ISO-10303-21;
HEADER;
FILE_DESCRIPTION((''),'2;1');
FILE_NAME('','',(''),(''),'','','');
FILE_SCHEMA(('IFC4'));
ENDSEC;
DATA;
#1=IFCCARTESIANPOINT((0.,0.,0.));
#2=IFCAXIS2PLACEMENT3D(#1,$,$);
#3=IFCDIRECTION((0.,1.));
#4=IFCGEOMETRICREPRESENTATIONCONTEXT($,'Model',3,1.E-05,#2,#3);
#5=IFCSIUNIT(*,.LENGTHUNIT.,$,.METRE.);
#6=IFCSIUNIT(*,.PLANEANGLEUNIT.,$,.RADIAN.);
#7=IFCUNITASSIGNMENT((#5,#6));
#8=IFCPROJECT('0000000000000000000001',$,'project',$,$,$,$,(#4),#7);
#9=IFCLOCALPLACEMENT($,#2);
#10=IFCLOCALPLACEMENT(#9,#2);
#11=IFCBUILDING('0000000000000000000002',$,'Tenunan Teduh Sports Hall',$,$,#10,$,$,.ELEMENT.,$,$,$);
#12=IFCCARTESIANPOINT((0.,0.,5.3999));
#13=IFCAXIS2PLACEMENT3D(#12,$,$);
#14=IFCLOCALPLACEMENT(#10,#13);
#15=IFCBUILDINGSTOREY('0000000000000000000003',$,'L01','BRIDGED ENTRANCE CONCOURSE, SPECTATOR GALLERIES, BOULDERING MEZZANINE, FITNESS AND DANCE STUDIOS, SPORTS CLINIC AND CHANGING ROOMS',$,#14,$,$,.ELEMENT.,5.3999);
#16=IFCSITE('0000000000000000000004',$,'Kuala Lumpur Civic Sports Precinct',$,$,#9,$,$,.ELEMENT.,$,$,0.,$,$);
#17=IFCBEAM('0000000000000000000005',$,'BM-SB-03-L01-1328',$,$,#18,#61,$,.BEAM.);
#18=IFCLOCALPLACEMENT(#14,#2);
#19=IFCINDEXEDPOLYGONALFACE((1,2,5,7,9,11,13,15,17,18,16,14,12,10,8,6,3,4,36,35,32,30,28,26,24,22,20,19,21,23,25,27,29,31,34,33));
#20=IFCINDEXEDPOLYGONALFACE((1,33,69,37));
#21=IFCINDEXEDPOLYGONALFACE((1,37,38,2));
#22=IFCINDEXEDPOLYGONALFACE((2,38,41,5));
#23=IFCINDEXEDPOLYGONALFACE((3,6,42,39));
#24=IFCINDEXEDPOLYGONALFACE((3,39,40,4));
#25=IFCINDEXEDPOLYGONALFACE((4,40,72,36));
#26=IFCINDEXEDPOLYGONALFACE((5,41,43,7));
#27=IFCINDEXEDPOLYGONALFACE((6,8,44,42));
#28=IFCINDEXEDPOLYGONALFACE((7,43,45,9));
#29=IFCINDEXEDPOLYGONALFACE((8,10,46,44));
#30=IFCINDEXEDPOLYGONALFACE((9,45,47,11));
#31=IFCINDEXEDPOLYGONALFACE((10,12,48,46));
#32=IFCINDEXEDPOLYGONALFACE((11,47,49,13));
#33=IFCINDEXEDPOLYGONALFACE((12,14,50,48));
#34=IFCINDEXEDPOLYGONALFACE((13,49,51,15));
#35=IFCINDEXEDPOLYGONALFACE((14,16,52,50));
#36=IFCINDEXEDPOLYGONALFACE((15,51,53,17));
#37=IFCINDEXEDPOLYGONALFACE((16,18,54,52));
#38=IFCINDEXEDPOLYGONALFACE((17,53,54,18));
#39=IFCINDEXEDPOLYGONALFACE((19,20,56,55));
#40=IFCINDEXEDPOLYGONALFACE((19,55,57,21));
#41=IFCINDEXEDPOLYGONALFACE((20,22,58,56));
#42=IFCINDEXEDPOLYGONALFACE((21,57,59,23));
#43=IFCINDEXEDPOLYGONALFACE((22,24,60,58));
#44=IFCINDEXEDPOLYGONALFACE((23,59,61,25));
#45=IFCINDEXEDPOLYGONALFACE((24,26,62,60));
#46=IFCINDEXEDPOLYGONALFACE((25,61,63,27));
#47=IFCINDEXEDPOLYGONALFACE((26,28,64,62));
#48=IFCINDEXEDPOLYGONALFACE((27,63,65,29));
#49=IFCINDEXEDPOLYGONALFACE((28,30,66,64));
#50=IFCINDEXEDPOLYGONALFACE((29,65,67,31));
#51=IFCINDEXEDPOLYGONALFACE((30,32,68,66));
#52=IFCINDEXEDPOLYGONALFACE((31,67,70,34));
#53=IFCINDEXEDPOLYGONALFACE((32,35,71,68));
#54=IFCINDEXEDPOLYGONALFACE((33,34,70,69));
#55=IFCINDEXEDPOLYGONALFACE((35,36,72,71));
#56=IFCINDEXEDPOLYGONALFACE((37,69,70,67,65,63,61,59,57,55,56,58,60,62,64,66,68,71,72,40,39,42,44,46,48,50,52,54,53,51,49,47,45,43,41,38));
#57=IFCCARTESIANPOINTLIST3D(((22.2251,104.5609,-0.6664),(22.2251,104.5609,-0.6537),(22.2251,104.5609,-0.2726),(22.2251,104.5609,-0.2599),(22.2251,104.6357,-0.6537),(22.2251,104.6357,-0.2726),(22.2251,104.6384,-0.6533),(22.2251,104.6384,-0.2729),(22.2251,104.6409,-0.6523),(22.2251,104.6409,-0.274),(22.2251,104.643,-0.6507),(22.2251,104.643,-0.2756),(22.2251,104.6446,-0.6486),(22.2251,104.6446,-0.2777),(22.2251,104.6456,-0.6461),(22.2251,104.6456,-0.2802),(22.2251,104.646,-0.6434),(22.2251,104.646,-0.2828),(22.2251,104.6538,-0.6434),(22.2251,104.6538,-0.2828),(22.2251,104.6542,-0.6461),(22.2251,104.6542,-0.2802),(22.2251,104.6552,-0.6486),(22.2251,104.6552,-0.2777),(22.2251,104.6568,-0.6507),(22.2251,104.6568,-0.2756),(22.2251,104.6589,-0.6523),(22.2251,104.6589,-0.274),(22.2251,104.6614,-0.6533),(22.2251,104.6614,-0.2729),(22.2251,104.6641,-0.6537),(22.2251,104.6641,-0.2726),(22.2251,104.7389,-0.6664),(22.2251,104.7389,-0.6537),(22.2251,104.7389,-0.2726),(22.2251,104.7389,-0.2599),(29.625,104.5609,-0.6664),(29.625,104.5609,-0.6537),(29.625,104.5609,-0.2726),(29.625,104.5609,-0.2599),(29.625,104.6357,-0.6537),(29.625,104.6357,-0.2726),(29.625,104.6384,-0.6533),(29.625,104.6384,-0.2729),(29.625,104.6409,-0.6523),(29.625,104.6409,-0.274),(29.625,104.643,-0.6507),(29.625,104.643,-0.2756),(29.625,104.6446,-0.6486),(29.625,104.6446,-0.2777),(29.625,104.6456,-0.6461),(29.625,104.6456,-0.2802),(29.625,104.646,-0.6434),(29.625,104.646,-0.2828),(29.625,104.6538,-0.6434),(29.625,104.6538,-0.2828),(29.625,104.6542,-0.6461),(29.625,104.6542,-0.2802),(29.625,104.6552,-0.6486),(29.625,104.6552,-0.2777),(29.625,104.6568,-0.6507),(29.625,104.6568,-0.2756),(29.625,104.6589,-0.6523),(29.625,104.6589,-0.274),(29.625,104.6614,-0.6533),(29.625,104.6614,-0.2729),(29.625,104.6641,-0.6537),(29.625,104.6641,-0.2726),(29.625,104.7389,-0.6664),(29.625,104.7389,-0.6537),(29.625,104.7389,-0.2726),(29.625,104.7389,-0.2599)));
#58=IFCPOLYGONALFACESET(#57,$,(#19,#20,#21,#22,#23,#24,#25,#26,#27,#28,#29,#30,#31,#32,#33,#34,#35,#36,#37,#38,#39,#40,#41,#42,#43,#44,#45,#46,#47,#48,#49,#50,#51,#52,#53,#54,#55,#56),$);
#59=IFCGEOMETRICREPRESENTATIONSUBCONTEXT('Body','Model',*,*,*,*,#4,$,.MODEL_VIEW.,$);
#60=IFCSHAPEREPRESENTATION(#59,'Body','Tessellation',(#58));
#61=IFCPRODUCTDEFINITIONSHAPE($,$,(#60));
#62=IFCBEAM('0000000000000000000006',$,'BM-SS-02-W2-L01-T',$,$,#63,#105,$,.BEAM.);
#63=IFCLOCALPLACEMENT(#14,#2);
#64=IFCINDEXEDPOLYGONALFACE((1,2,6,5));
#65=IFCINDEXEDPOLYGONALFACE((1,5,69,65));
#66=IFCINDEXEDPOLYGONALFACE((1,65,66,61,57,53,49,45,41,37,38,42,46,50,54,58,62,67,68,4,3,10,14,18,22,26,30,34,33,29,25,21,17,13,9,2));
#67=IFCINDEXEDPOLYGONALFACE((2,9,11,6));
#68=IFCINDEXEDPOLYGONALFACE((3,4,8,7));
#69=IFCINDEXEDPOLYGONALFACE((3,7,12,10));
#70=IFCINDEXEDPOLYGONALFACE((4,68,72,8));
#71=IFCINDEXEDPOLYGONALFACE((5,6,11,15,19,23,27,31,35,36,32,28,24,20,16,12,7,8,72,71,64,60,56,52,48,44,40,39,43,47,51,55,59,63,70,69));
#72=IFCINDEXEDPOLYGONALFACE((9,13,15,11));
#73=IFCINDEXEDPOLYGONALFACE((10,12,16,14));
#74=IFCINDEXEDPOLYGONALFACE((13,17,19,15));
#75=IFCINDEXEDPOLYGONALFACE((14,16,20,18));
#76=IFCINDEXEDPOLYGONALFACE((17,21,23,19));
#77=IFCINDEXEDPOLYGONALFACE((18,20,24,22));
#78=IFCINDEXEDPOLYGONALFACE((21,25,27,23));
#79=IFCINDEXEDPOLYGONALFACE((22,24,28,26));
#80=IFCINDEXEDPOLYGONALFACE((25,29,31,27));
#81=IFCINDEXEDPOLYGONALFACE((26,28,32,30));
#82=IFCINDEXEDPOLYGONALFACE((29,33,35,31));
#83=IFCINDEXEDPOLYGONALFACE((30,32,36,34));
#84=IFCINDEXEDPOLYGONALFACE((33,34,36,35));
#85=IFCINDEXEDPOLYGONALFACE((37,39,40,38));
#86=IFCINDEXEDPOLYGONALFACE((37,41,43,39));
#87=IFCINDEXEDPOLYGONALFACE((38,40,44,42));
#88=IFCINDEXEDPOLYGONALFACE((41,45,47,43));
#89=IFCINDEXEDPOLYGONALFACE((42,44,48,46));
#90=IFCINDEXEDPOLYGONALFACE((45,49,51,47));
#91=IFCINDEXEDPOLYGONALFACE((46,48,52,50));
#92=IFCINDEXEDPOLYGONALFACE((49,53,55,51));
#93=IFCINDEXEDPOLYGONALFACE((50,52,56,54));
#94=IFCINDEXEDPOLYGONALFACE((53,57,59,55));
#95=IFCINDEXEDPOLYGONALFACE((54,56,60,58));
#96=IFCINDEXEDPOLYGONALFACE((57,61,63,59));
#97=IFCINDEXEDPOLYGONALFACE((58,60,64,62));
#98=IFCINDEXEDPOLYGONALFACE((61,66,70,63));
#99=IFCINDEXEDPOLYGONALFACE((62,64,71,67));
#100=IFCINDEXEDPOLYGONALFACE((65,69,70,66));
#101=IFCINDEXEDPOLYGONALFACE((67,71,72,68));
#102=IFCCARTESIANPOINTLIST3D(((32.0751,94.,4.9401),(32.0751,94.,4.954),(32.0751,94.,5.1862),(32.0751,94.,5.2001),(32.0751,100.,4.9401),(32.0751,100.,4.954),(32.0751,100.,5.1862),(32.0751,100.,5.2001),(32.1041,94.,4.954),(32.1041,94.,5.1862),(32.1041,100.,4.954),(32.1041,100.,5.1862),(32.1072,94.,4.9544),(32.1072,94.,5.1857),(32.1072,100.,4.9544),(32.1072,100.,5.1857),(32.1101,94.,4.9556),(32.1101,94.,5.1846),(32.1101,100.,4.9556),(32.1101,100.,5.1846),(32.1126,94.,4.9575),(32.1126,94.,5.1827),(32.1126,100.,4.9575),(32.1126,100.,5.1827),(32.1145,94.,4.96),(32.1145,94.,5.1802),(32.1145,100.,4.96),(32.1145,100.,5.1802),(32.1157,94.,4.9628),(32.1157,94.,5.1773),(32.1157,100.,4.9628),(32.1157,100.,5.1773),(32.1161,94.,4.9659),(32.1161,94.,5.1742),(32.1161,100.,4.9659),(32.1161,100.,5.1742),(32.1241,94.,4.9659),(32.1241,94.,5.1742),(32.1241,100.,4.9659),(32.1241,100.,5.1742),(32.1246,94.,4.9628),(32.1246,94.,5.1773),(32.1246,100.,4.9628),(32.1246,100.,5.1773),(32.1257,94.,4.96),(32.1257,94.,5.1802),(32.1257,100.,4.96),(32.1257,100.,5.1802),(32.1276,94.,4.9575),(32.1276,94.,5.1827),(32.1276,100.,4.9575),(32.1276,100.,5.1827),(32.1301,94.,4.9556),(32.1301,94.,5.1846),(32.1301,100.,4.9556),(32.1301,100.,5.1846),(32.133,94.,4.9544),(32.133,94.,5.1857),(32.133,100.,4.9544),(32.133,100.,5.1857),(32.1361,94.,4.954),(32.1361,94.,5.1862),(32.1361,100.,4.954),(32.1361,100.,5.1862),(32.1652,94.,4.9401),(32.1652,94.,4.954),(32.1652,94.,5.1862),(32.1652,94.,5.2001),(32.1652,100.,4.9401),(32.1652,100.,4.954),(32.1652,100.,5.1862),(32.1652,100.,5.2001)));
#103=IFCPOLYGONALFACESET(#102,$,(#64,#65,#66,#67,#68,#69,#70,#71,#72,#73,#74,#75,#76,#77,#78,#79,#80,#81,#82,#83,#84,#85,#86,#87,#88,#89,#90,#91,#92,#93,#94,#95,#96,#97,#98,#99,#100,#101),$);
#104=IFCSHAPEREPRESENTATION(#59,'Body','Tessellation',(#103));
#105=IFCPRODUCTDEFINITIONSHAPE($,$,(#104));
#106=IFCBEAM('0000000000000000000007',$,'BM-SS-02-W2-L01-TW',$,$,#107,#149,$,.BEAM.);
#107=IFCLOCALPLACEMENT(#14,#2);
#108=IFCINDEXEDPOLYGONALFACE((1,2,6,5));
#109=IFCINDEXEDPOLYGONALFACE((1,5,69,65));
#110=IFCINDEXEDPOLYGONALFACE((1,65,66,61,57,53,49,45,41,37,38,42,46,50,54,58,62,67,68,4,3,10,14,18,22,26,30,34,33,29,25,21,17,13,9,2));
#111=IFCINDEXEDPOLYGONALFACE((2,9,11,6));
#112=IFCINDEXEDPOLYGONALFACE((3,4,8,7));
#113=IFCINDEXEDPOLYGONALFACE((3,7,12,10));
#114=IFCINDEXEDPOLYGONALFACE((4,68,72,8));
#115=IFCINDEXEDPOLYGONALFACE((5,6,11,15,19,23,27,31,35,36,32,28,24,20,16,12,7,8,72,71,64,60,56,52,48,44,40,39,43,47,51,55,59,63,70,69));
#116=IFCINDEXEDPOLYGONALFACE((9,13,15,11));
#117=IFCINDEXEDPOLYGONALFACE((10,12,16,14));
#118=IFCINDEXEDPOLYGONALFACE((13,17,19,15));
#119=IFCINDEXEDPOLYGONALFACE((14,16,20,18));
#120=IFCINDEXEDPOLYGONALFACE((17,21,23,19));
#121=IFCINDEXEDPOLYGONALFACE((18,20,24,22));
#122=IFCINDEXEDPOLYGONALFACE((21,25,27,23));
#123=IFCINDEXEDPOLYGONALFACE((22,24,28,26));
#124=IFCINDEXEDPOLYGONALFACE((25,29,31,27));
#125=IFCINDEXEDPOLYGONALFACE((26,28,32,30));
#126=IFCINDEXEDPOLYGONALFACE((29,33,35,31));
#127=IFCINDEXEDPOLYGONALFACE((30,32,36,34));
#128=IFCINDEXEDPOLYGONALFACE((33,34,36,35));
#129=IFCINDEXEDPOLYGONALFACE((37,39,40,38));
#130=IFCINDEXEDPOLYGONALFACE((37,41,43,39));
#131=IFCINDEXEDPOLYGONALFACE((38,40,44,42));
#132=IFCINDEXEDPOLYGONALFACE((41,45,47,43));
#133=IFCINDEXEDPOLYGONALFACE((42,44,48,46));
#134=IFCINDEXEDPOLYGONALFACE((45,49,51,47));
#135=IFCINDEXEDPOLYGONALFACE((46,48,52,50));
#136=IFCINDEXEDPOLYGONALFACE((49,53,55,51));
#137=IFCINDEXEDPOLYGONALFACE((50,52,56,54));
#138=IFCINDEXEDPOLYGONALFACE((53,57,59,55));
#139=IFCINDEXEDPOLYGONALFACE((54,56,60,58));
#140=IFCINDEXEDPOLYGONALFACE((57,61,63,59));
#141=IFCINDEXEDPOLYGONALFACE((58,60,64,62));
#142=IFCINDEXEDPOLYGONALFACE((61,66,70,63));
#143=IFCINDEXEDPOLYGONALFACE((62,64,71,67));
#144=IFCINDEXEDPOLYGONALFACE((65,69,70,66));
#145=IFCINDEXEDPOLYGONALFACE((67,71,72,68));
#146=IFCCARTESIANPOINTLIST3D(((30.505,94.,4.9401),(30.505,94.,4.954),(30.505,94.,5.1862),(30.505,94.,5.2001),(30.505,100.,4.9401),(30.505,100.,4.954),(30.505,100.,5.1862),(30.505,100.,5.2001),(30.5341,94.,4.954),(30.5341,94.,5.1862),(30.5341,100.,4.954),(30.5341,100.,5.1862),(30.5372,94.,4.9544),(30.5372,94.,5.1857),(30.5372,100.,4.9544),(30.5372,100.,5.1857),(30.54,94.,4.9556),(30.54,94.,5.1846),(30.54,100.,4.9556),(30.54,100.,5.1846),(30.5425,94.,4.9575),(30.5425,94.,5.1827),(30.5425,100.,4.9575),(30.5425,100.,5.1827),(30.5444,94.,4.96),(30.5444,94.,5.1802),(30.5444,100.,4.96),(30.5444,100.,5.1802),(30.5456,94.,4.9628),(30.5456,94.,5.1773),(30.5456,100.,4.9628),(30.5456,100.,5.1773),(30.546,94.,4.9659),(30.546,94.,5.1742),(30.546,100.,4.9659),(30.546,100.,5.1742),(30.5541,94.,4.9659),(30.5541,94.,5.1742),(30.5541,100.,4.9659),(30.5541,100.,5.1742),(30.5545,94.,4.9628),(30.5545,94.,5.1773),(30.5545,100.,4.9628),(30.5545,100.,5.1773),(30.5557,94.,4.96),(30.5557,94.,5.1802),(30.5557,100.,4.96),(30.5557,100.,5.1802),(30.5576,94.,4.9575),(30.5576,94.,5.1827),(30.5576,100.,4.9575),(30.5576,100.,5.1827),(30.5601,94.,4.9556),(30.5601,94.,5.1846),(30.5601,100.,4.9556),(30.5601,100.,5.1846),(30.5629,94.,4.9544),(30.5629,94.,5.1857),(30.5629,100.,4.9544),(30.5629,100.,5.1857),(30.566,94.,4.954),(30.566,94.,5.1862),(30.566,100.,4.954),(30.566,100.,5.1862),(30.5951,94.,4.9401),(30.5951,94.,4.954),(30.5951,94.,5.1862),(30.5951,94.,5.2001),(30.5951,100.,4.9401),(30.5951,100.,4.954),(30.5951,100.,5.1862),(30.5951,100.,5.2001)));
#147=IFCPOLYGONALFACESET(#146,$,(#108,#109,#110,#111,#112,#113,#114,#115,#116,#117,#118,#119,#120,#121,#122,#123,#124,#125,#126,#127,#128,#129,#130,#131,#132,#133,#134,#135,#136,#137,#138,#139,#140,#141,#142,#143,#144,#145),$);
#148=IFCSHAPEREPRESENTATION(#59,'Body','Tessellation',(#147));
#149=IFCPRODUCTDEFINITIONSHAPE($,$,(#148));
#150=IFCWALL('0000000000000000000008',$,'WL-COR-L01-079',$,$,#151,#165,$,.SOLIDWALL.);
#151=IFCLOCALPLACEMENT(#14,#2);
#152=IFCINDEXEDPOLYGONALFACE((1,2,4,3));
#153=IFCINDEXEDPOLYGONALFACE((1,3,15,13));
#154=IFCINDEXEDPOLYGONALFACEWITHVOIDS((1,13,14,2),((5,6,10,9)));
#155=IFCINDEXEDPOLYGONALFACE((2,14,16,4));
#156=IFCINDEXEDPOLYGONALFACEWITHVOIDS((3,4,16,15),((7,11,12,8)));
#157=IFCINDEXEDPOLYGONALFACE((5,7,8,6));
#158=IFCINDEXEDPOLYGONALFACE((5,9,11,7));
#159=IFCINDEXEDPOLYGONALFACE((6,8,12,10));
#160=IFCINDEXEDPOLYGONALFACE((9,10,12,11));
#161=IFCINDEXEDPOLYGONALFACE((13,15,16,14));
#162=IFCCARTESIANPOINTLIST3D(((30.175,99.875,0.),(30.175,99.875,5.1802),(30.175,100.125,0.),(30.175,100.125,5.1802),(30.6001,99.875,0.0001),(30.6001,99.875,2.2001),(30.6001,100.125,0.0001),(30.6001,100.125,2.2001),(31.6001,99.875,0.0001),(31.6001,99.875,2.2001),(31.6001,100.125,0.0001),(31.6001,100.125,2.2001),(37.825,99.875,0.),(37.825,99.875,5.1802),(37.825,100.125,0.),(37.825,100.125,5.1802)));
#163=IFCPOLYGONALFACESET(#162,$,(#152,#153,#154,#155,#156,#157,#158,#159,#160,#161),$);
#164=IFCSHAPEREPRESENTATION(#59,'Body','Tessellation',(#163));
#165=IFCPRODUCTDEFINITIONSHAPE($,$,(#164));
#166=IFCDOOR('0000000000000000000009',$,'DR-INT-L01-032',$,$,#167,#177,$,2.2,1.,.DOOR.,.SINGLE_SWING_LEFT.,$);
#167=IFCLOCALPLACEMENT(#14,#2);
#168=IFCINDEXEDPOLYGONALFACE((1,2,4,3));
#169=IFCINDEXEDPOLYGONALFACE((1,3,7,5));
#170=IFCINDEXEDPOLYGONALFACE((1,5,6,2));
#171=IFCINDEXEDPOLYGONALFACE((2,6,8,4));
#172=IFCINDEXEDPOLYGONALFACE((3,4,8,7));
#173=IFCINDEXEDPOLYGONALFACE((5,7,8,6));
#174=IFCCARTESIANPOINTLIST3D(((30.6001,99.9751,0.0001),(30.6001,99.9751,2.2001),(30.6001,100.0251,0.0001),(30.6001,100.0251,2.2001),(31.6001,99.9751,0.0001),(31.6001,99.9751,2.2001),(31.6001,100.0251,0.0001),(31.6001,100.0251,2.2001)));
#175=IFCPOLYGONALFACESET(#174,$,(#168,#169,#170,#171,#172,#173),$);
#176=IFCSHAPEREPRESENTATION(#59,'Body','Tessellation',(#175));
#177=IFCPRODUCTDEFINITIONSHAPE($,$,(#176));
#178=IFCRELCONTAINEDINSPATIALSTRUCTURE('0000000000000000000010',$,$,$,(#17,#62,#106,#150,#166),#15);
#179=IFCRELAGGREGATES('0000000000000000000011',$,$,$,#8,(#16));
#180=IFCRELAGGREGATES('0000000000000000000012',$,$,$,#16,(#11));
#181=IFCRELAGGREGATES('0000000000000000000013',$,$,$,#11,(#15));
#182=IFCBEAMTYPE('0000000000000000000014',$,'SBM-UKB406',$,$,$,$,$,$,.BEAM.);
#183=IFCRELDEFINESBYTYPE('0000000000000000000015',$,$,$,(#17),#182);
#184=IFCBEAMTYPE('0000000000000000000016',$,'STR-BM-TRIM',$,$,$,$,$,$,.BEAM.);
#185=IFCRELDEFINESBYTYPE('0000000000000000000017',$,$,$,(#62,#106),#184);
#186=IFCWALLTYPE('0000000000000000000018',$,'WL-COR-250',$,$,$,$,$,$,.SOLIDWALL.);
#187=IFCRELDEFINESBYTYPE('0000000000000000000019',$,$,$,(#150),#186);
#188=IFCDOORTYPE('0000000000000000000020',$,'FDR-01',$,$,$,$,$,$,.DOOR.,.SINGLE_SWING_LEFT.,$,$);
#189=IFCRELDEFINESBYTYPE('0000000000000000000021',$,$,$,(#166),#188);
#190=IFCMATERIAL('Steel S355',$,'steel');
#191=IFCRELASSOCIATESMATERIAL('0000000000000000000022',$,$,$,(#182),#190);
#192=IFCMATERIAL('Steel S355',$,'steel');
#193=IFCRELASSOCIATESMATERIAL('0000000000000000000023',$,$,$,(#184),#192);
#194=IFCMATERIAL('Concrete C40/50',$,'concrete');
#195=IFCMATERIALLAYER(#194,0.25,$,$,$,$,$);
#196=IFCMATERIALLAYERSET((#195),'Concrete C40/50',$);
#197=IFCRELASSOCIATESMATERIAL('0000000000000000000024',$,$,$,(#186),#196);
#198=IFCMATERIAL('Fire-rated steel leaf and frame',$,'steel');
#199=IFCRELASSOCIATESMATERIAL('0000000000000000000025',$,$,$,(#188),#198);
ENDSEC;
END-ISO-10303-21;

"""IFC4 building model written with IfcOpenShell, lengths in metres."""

from ifc_helpers import new_model, si_unit, direction, frame, frame_2d, origin, origin_2d, place, context, subcontext, project, spatial, rectangle, i_section, extrude, material, layer, layer_set, material_profile, profile_set, type_object, element, fill, save


model = new_model("IFC4")

# Units and contexts
model_context = context("Model", 3, precision=1e-05, world=origin(), true_north=direction((0.0, 1.0)))
body_context = subcontext(model_context, "Body", "Model", "MODEL_VIEW")
ifc_project = project(units=[si_unit("LENGTHUNIT", "METRE"), si_unit("PLANEANGLEUNIT", "RADIAN")], contexts=[model_context])

# Site, building, storey
site_placement = place(None, origin())
site = spatial("IfcSite", under=ifc_project, at=site_placement, Name="Kuala Lumpur Civic Sports Precinct", CompositionType="ELEMENT", RefElevation=0.0)
building_placement = place(site_placement, origin())
building = spatial("IfcBuilding", under=site, at=building_placement, Name="Tenunan Teduh Sports Hall", CompositionType="ELEMENT")
storey_placement = place(building_placement, frame((0.0, 0.0, 5.3999)))
storey = spatial("IfcBuildingStorey", under=building, at=storey_placement, Name="L01", Description="BRIDGED ENTRANCE CONCOURSE, SPECTATOR GALLERIES, BOULDERING MEZZANINE, FITNESS AND DANCE STUDIOS, SPORTS CLINIC AND CHANGING ROOMS", CompositionType="ELEMENT", Elevation=5.3999)

# Beams
ifc_material_1 = material(Name="Steel S355", Category="steel")
ifc_material_profile_1 = material_profile(ifc_material_1, i_section(OverallWidth=0.178, OverallDepth=0.4065, WebThickness=0.0078, FlangeThickness=0.0127, FilletRadius=0.0103, at=origin_2d()), Name="UKB 406x178x60")
ifc_profile_set_1 = profile_set([ifc_material_profile_1], Name="Steel S355")
beam_type_1 = type_object("IfcBeamType", Name="SBM-UKB406", PredefinedType="BEAM", material=ifc_profile_set_1)
beam_1_placement = place(storey_placement, frame((22.2251, 104.6499, -0.4631), z_axis=(1.0, 0.0, 0.0), x_axis=(0.0, 1.0, 0.0)))
element("IfcBeam", 1, at=beam_1_placement, inside=storey, type_object=beam_type_1, Name="BM-SB-03-L01-1328", PredefinedType="BEAM", context=body_context, shape_type="SweptSolid", body=[
    extrude(i_section(OverallWidth=0.178, OverallDepth=0.4065, WebThickness=0.0078, FlangeThickness=0.0127, FilletRadius=0.0103, at=origin_2d()), origin(), (0.0, 0.0, 1.0), 7.3999),
])
ifc_material_2 = material(Name="Steel S355", Category="steel")
ifc_material_profile_2 = material_profile(ifc_material_2, i_section(OverallWidth=0.0901, OverallDepth=0.26, WebThickness=0.0081, FlangeThickness=0.0139, FilletRadius=0.012, at=origin_2d()), Name="PFC 260x90")
ifc_profile_set_2 = profile_set([ifc_material_profile_2], Name="Steel S355")
beam_type_2 = type_object("IfcBeamType", Name="STR-BM-TRIM", PredefinedType="BEAM", material=ifc_profile_set_2)
for number, where, z_axis, x_axis, name in (
    (2, (32.1201, 94.0, 5.0701), (0.0, 1.0, 0.0), (-1.0, 0.0, 0.0), "BM-SS-02-W2-L01-T"),
    (3, (30.55, 94.0, 5.0701), (0.0, 1.0, 0.0), (-1.0, 0.0, 0.0), "BM-SS-02-W2-L01-TW"),
):
    element("IfcBeam", number, at=place(storey_placement, frame(where, z_axis=z_axis, x_axis=x_axis)), inside=storey, type_object=beam_type_2, Name=name, PredefinedType="BEAM", context=body_context, shape_type="SweptSolid", body=[
        extrude(i_section(OverallWidth=0.0901, OverallDepth=0.26, WebThickness=0.0081, FlangeThickness=0.0139, FilletRadius=0.012, at=origin_2d()), origin(), (0.0, 0.0, 1.0), 6.0),
    ])

# Wall, opening, door
ifc_material_3 = material(Name="Concrete C40/50", Category="concrete")
ifc_layer_1 = layer(ifc_material_3, 0.25)
ifc_layer_set_1 = layer_set([ifc_layer_1], Name="Concrete C40/50")
wall_type_1 = type_object("IfcWallType", Name="WL-COR-250", PredefinedType="SOLIDWALL", material=ifc_layer_set_1)
wall_1_placement = place(storey_placement, frame((30.175, 100.0, 0.0), z_axis=(0.0, 0.0, 1.0), x_axis=(1.0, 0.0, 0.0)))
wall_1 = element("IfcWall", 4, at=wall_1_placement, inside=storey, type_object=wall_type_1, Name="WL-COR-L01-079", PredefinedType="SOLIDWALL", context=body_context, shape_type="SweptSolid", body=[
    extrude(rectangle(XDim=7.6499, YDim=0.25, at=frame_2d((3.825, 0.0))), origin(), (0.0, 0.0, 1.0), 5.1802),
])
opening_1_placement = place(wall_1_placement, frame((0.425, 0.0, 0.0)))
opening_1 = element("IfcOpeningElement", 5, at=opening_1_placement, cuts=wall_1, PredefinedType="OPENING", context=body_context, shape_type="SweptSolid", body=[
    extrude(rectangle(XDim=1.0, YDim=2.2, at=frame_2d((0.5, 1.1001))), frame((0.0, 0.135, 0.0), z_axis=(0.0, -1.0, 0.0), x_axis=(1.0, 0.0, 0.0)), (0.0, 0.0, 1.0), 0.27),
])
ifc_material_4 = material(Name="Fire-rated steel leaf and frame", Category="steel")
door_type_1 = type_object("IfcDoorType", Name="FDR-01", OperationType="SINGLE_SWING_LEFT", PredefinedType="DOOR", material=ifc_material_4)
door_1_placement = place(opening_1_placement, frame((1.0, 0.0, 0.0), z_axis=(0.0, 0.0, 1.0), x_axis=(-1.0, 0.0, 0.0)))
door_1 = element("IfcDoor", 6, at=door_1_placement, inside=storey, type_object=door_type_1, Name="DR-INT-L01-032", OperationType="SINGLE_SWING_LEFT", OverallHeight=2.2, OverallWidth=1.0, PredefinedType="DOOR", context=body_context, shape_type="SweptSolid", body=[
    extrude(rectangle(XDim=1.0, YDim=2.2, at=frame_2d((0.5, 1.1001))), frame((0.0, 0.0249, 0.0), z_axis=(0.0, -1.0, 0.0), x_axis=(1.0, 0.0, 0.0)), (0.0, 0.0, 1.0), 0.05),
])
fill(opening_1, door_1)

save(model, "model.ifc")
